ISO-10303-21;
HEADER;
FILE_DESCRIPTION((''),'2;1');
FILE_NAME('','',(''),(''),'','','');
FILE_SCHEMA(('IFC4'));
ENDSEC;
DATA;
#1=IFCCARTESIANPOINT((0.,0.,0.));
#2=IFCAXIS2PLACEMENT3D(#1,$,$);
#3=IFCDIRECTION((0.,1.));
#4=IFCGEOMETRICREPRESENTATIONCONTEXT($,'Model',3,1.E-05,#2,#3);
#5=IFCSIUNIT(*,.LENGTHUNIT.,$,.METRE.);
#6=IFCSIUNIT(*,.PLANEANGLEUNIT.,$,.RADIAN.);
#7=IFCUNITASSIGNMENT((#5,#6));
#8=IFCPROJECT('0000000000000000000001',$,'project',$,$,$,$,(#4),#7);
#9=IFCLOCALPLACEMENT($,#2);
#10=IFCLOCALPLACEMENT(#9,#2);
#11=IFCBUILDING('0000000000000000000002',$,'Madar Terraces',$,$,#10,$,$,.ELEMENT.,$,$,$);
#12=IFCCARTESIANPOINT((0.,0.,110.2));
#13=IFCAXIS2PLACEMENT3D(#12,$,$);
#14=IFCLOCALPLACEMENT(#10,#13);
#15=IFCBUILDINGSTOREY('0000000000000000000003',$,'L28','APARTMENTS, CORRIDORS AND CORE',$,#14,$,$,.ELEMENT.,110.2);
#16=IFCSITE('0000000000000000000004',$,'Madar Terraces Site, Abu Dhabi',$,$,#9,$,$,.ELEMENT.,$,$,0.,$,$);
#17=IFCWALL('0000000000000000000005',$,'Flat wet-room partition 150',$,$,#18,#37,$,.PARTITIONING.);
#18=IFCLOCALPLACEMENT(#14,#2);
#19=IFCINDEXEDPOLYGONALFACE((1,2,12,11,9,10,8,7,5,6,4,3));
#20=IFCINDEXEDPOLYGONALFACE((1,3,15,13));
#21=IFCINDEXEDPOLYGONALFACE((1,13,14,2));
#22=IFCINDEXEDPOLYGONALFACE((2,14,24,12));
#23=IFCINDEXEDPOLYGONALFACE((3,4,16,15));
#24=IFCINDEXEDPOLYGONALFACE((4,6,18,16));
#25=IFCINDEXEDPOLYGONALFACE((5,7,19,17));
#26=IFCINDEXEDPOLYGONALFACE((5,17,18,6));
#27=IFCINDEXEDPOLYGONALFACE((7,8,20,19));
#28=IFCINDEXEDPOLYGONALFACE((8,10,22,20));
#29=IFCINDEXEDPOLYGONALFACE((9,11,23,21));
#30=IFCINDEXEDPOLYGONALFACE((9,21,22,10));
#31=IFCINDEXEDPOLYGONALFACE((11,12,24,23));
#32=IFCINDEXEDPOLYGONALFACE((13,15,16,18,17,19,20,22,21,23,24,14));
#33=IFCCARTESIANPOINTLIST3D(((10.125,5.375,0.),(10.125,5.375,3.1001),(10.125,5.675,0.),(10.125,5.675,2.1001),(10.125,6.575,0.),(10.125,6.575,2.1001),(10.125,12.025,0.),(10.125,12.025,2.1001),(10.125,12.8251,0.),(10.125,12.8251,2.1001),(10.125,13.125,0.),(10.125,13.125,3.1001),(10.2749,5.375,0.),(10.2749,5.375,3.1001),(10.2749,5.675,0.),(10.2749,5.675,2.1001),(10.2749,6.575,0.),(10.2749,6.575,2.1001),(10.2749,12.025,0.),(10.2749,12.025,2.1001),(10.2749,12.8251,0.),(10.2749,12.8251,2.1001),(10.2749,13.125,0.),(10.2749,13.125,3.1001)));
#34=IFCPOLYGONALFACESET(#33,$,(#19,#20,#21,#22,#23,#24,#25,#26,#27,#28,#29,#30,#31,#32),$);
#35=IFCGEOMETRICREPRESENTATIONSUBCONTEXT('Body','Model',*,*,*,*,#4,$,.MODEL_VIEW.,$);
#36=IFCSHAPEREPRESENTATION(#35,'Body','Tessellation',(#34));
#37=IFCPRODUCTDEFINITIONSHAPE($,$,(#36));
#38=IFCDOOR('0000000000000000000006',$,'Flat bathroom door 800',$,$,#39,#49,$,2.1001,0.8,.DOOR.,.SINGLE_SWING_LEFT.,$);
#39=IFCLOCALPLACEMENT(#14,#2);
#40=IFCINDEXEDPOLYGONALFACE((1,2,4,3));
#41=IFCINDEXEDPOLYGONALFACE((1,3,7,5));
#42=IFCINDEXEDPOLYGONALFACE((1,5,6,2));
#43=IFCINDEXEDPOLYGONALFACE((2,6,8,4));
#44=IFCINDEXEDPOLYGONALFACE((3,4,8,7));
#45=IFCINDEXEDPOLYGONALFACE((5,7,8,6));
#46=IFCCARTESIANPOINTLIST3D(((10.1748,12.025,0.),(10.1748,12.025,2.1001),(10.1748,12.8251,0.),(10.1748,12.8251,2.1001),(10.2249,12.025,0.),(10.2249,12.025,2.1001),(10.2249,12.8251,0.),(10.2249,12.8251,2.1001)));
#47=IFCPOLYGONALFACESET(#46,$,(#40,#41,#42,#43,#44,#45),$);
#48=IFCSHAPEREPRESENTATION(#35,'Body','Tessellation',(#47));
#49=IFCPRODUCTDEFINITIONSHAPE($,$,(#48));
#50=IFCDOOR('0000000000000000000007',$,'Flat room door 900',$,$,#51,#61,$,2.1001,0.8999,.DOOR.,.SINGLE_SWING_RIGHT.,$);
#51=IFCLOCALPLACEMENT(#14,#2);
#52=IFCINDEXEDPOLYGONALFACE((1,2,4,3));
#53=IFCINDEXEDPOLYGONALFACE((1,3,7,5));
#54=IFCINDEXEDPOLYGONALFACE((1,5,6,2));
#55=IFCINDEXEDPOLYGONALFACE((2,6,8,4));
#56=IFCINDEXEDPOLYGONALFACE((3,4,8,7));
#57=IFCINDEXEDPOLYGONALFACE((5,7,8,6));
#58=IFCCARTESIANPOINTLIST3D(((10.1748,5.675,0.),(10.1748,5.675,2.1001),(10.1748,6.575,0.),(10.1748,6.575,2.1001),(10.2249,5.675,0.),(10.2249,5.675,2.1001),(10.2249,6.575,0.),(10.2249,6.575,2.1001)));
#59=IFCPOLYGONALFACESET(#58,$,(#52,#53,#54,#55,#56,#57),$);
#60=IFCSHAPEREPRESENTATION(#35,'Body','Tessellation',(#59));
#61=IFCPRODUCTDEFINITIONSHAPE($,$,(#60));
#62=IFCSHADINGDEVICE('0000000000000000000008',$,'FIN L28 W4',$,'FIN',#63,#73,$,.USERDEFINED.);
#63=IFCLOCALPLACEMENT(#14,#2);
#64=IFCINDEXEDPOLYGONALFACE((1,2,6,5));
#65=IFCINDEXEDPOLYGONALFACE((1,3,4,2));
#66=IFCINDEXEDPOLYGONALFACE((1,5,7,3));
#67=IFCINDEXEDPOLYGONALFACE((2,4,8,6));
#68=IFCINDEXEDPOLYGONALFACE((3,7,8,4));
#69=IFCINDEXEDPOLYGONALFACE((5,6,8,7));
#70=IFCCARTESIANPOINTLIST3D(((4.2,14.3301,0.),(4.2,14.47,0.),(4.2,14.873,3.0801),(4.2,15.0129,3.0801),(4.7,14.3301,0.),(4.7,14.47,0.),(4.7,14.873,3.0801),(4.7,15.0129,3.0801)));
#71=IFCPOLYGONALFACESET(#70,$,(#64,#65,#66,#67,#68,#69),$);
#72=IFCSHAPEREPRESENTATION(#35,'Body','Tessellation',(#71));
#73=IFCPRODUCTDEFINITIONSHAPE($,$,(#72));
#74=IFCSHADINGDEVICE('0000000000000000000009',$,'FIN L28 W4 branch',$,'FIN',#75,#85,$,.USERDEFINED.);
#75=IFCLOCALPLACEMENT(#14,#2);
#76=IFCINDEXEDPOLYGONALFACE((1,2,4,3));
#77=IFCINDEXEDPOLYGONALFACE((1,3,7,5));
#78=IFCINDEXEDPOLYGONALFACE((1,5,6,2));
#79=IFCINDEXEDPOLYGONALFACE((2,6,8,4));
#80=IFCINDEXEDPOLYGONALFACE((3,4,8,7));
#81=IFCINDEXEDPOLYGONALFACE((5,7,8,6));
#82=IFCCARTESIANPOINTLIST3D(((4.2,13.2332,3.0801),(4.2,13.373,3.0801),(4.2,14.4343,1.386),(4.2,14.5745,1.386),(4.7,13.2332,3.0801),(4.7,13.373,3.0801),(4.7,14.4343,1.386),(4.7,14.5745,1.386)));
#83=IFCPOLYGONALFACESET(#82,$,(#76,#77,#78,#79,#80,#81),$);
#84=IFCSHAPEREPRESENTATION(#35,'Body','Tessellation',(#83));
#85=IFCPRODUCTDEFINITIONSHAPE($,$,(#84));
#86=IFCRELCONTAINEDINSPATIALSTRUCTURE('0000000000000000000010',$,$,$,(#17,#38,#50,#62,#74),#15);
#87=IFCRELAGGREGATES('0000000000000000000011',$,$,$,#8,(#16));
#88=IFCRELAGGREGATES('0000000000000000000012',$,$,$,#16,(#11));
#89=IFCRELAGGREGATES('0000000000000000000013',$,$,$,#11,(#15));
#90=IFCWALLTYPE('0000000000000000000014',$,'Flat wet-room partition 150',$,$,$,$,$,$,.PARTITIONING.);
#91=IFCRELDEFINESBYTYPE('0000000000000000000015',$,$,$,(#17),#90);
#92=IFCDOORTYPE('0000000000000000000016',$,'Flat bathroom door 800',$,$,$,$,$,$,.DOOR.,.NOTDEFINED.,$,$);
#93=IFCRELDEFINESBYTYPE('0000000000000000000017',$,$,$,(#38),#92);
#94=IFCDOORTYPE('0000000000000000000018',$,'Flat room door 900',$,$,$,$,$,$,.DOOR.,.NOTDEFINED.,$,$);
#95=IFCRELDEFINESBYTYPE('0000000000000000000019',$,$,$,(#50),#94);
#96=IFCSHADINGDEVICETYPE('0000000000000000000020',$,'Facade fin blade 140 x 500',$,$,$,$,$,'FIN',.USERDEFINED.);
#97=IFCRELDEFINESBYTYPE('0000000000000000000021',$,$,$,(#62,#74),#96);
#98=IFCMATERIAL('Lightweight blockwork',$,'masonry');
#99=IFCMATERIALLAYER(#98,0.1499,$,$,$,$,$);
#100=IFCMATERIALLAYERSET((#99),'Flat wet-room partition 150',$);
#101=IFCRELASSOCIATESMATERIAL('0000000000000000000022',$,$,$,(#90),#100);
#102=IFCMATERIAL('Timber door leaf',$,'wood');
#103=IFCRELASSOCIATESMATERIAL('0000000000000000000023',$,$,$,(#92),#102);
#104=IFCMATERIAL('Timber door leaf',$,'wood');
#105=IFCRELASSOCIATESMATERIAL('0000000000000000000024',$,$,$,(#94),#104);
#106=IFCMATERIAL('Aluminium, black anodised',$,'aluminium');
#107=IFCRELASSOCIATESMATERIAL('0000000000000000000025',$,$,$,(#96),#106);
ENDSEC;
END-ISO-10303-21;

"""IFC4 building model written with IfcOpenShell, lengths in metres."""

from ifc_helpers import new_model, si_unit, direction, frame, frame_2d, origin, place, context, subcontext, project, spatial, polyline, rectangle, outline, extrude, material, layer, layer_set, type_object, element, fill, save


model = new_model("IFC4")

# Units and contexts
model_context = context("Model", 3, precision=1e-05, world=origin(), true_north=direction((0.0, 1.0)))
body_context = subcontext(model_context, "Body", "Model", "MODEL_VIEW")
ifc_project = project(units=[si_unit("LENGTHUNIT", "METRE"), si_unit("PLANEANGLEUNIT", "RADIAN")], contexts=[model_context])

# Site, building, storey
site_placement = place(None, origin())
site = spatial("IfcSite", under=ifc_project, at=site_placement, Name="Madar Terraces Site, Abu Dhabi", CompositionType="ELEMENT", RefElevation=0.0)
building_placement = place(site_placement, origin())
building = spatial("IfcBuilding", under=site, at=building_placement, Name="Madar Terraces", CompositionType="ELEMENT")
storey_placement = place(building_placement, frame((0.0, 0.0, 110.2)))
storey = spatial("IfcBuildingStorey", under=building, at=storey_placement, Name="L28", Description="APARTMENTS, CORRIDORS AND CORE", CompositionType="ELEMENT", Elevation=110.2)

# Shared definitions
ifc_material_1 = material(Name="Lightweight blockwork", Category="masonry")
ifc_layer_1 = layer(ifc_material_1, 0.1499)
ifc_layer_set_1 = layer_set([ifc_layer_1], Name="Flat wet-room partition 150")
wall_type_1 = type_object("IfcWallType", Name="Flat wet-room partition 150", PredefinedType="PARTITIONING", material=ifc_layer_set_1)

# Wall, openings, doors
wall_1_placement = place(storey_placement, frame((10.2, 13.125, 0.0), z_axis=(0.0, 0.0, 1.0), x_axis=(0.0, -1.0, 0.0)))
wall_1 = element("IfcWall", 1, at=wall_1_placement, inside=storey, type_object=wall_type_1, Name="Flat wet-room partition 150", PredefinedType="PARTITIONING", context=body_context, shape_type="SweptSolid", body=[
    extrude(rectangle(XDim=7.75, YDim=0.1499, at=frame_2d((3.875, 0.0))), origin(), (0.0, 0.0, 1.0), 3.1001),
])
opening_1_placement = place(wall_1_placement, frame((0.3, 0.0, 0.0)))
opening_1 = element("IfcOpeningElement", 2, at=opening_1_placement, cuts=wall_1, PredefinedType="OPENING", context=body_context, shape_type="SweptSolid", body=[
    extrude(rectangle(XDim=0.8, YDim=2.1001, at=frame_2d((0.3999, 1.05))), frame((0.0, 0.085, 0.0), z_axis=(0.0, -1.0, 0.0), x_axis=(1.0, 0.0, 0.0)), (0.0, 0.0, 1.0), 0.1699),
])
opening_2_placement = place(wall_1_placement, frame((6.55, 0.0, 0.0)))
opening_2 = element("IfcOpeningElement", 3, at=opening_2_placement, cuts=wall_1, PredefinedType="OPENING", context=body_context, shape_type="SweptSolid", body=[
    extrude(rectangle(XDim=0.8999, YDim=2.1001, at=frame_2d((0.45, 1.05))), frame((0.0, 0.085, 0.0), z_axis=(0.0, -1.0, 0.0), x_axis=(1.0, 0.0, 0.0)), (0.0, 0.0, 1.0), 0.1699),
])
ifc_material_2 = material(Name="Timber door leaf", Category="wood")
door_type_1 = type_object("IfcDoorType", Name="Flat bathroom door 800", OperationType="NOTDEFINED", PredefinedType="DOOR", material=ifc_material_2)
door_1_placement = place(opening_1_placement, origin())
door_1 = element("IfcDoor", 4, at=door_1_placement, inside=storey, type_object=door_type_1, Name="Flat bathroom door 800", OperationType="SINGLE_SWING_LEFT", OverallHeight=2.1001, OverallWidth=0.8, PredefinedType="DOOR", context=body_context, shape_type="SweptSolid", body=[
    extrude(rectangle(XDim=0.8, YDim=2.1001, at=frame_2d((0.3999, 1.05))), frame((0.0, 0.0249, 0.0), z_axis=(0.0, -1.0, 0.0), x_axis=(1.0, 0.0, 0.0)), (0.0, 0.0, 1.0), 0.05),
])
fill(opening_1, door_1)
ifc_material_3 = material(Name="Timber door leaf", Category="wood")
door_type_2 = type_object("IfcDoorType", Name="Flat room door 900", OperationType="NOTDEFINED", PredefinedType="DOOR", material=ifc_material_3)
door_2_placement = place(opening_2_placement, origin())
door_2 = element("IfcDoor", 5, at=door_2_placement, inside=storey, type_object=door_type_2, Name="Flat room door 900", OperationType="SINGLE_SWING_RIGHT", OverallHeight=2.1001, OverallWidth=0.8999, PredefinedType="DOOR", context=body_context, shape_type="SweptSolid", body=[
    extrude(rectangle(XDim=0.8999, YDim=2.1001, at=frame_2d((0.45, 1.05))), frame((0.0, 0.0249, 0.0), z_axis=(0.0, -1.0, 0.0), x_axis=(1.0, 0.0, 0.0)), (0.0, 0.0, 1.0), 0.05),
])
fill(opening_2, door_2)

# Shading devices
ifc_material_4 = material(Name="Aluminium, black anodised", Category="aluminium")
shading_device_type = type_object("IfcShadingDeviceType", Name="Facade fin blade 140 x 500", ElementType="FIN", PredefinedType="USERDEFINED", material=ifc_material_4)
shading_device_1_placement = place(storey_placement, frame((4.45, 14.47, 0.0), z_axis=(0.0, 0.0, 1.0), x_axis=(0.0, -1.0, 0.0)))
element("IfcShadingDevice", 6, at=shading_device_1_placement, inside=storey, type_object=shading_device_type, Name="FIN L28 W4", ObjectType="FIN", PredefinedType="USERDEFINED", context=body_context, shape_type="SweptSolid", body=[
    extrude(outline(polyline([(0.0, 0.0), (0.1399, 0.0), (-0.4031, 3.0801), (-0.543, 3.0801), (0.0, 0.0)])), frame((0.0, 0.25, 0.0), z_axis=(0.0, -1.0, 0.0), x_axis=(1.0, 0.0, 0.0)), (0.0, 0.0, 1.0), 0.5),
])
shading_device_2_placement = place(storey_placement, frame((4.45, 14.5745, 1.386), z_axis=(0.0, 0.0, 1.0), x_axis=(0.0, -1.0, 0.0)))
element("IfcShadingDevice", 7, at=shading_device_2_placement, inside=storey, type_object=shading_device_type, Name="FIN L28 W4 branch", ObjectType="FIN", PredefinedType="USERDEFINED", context=body_context, shape_type="SweptSolid", body=[
    extrude(outline(polyline([(0.0, 0.0), (0.1401, 0.0), (1.3413, 1.6941), (1.2014, 1.6941), (0.0, 0.0)])), frame((0.0, 0.25, 0.0), z_axis=(0.0, -1.0, 0.0), x_axis=(1.0, 0.0, 0.0)), (0.0, 0.0, 1.0), 0.5),
])

save(model, "model.ifc")
